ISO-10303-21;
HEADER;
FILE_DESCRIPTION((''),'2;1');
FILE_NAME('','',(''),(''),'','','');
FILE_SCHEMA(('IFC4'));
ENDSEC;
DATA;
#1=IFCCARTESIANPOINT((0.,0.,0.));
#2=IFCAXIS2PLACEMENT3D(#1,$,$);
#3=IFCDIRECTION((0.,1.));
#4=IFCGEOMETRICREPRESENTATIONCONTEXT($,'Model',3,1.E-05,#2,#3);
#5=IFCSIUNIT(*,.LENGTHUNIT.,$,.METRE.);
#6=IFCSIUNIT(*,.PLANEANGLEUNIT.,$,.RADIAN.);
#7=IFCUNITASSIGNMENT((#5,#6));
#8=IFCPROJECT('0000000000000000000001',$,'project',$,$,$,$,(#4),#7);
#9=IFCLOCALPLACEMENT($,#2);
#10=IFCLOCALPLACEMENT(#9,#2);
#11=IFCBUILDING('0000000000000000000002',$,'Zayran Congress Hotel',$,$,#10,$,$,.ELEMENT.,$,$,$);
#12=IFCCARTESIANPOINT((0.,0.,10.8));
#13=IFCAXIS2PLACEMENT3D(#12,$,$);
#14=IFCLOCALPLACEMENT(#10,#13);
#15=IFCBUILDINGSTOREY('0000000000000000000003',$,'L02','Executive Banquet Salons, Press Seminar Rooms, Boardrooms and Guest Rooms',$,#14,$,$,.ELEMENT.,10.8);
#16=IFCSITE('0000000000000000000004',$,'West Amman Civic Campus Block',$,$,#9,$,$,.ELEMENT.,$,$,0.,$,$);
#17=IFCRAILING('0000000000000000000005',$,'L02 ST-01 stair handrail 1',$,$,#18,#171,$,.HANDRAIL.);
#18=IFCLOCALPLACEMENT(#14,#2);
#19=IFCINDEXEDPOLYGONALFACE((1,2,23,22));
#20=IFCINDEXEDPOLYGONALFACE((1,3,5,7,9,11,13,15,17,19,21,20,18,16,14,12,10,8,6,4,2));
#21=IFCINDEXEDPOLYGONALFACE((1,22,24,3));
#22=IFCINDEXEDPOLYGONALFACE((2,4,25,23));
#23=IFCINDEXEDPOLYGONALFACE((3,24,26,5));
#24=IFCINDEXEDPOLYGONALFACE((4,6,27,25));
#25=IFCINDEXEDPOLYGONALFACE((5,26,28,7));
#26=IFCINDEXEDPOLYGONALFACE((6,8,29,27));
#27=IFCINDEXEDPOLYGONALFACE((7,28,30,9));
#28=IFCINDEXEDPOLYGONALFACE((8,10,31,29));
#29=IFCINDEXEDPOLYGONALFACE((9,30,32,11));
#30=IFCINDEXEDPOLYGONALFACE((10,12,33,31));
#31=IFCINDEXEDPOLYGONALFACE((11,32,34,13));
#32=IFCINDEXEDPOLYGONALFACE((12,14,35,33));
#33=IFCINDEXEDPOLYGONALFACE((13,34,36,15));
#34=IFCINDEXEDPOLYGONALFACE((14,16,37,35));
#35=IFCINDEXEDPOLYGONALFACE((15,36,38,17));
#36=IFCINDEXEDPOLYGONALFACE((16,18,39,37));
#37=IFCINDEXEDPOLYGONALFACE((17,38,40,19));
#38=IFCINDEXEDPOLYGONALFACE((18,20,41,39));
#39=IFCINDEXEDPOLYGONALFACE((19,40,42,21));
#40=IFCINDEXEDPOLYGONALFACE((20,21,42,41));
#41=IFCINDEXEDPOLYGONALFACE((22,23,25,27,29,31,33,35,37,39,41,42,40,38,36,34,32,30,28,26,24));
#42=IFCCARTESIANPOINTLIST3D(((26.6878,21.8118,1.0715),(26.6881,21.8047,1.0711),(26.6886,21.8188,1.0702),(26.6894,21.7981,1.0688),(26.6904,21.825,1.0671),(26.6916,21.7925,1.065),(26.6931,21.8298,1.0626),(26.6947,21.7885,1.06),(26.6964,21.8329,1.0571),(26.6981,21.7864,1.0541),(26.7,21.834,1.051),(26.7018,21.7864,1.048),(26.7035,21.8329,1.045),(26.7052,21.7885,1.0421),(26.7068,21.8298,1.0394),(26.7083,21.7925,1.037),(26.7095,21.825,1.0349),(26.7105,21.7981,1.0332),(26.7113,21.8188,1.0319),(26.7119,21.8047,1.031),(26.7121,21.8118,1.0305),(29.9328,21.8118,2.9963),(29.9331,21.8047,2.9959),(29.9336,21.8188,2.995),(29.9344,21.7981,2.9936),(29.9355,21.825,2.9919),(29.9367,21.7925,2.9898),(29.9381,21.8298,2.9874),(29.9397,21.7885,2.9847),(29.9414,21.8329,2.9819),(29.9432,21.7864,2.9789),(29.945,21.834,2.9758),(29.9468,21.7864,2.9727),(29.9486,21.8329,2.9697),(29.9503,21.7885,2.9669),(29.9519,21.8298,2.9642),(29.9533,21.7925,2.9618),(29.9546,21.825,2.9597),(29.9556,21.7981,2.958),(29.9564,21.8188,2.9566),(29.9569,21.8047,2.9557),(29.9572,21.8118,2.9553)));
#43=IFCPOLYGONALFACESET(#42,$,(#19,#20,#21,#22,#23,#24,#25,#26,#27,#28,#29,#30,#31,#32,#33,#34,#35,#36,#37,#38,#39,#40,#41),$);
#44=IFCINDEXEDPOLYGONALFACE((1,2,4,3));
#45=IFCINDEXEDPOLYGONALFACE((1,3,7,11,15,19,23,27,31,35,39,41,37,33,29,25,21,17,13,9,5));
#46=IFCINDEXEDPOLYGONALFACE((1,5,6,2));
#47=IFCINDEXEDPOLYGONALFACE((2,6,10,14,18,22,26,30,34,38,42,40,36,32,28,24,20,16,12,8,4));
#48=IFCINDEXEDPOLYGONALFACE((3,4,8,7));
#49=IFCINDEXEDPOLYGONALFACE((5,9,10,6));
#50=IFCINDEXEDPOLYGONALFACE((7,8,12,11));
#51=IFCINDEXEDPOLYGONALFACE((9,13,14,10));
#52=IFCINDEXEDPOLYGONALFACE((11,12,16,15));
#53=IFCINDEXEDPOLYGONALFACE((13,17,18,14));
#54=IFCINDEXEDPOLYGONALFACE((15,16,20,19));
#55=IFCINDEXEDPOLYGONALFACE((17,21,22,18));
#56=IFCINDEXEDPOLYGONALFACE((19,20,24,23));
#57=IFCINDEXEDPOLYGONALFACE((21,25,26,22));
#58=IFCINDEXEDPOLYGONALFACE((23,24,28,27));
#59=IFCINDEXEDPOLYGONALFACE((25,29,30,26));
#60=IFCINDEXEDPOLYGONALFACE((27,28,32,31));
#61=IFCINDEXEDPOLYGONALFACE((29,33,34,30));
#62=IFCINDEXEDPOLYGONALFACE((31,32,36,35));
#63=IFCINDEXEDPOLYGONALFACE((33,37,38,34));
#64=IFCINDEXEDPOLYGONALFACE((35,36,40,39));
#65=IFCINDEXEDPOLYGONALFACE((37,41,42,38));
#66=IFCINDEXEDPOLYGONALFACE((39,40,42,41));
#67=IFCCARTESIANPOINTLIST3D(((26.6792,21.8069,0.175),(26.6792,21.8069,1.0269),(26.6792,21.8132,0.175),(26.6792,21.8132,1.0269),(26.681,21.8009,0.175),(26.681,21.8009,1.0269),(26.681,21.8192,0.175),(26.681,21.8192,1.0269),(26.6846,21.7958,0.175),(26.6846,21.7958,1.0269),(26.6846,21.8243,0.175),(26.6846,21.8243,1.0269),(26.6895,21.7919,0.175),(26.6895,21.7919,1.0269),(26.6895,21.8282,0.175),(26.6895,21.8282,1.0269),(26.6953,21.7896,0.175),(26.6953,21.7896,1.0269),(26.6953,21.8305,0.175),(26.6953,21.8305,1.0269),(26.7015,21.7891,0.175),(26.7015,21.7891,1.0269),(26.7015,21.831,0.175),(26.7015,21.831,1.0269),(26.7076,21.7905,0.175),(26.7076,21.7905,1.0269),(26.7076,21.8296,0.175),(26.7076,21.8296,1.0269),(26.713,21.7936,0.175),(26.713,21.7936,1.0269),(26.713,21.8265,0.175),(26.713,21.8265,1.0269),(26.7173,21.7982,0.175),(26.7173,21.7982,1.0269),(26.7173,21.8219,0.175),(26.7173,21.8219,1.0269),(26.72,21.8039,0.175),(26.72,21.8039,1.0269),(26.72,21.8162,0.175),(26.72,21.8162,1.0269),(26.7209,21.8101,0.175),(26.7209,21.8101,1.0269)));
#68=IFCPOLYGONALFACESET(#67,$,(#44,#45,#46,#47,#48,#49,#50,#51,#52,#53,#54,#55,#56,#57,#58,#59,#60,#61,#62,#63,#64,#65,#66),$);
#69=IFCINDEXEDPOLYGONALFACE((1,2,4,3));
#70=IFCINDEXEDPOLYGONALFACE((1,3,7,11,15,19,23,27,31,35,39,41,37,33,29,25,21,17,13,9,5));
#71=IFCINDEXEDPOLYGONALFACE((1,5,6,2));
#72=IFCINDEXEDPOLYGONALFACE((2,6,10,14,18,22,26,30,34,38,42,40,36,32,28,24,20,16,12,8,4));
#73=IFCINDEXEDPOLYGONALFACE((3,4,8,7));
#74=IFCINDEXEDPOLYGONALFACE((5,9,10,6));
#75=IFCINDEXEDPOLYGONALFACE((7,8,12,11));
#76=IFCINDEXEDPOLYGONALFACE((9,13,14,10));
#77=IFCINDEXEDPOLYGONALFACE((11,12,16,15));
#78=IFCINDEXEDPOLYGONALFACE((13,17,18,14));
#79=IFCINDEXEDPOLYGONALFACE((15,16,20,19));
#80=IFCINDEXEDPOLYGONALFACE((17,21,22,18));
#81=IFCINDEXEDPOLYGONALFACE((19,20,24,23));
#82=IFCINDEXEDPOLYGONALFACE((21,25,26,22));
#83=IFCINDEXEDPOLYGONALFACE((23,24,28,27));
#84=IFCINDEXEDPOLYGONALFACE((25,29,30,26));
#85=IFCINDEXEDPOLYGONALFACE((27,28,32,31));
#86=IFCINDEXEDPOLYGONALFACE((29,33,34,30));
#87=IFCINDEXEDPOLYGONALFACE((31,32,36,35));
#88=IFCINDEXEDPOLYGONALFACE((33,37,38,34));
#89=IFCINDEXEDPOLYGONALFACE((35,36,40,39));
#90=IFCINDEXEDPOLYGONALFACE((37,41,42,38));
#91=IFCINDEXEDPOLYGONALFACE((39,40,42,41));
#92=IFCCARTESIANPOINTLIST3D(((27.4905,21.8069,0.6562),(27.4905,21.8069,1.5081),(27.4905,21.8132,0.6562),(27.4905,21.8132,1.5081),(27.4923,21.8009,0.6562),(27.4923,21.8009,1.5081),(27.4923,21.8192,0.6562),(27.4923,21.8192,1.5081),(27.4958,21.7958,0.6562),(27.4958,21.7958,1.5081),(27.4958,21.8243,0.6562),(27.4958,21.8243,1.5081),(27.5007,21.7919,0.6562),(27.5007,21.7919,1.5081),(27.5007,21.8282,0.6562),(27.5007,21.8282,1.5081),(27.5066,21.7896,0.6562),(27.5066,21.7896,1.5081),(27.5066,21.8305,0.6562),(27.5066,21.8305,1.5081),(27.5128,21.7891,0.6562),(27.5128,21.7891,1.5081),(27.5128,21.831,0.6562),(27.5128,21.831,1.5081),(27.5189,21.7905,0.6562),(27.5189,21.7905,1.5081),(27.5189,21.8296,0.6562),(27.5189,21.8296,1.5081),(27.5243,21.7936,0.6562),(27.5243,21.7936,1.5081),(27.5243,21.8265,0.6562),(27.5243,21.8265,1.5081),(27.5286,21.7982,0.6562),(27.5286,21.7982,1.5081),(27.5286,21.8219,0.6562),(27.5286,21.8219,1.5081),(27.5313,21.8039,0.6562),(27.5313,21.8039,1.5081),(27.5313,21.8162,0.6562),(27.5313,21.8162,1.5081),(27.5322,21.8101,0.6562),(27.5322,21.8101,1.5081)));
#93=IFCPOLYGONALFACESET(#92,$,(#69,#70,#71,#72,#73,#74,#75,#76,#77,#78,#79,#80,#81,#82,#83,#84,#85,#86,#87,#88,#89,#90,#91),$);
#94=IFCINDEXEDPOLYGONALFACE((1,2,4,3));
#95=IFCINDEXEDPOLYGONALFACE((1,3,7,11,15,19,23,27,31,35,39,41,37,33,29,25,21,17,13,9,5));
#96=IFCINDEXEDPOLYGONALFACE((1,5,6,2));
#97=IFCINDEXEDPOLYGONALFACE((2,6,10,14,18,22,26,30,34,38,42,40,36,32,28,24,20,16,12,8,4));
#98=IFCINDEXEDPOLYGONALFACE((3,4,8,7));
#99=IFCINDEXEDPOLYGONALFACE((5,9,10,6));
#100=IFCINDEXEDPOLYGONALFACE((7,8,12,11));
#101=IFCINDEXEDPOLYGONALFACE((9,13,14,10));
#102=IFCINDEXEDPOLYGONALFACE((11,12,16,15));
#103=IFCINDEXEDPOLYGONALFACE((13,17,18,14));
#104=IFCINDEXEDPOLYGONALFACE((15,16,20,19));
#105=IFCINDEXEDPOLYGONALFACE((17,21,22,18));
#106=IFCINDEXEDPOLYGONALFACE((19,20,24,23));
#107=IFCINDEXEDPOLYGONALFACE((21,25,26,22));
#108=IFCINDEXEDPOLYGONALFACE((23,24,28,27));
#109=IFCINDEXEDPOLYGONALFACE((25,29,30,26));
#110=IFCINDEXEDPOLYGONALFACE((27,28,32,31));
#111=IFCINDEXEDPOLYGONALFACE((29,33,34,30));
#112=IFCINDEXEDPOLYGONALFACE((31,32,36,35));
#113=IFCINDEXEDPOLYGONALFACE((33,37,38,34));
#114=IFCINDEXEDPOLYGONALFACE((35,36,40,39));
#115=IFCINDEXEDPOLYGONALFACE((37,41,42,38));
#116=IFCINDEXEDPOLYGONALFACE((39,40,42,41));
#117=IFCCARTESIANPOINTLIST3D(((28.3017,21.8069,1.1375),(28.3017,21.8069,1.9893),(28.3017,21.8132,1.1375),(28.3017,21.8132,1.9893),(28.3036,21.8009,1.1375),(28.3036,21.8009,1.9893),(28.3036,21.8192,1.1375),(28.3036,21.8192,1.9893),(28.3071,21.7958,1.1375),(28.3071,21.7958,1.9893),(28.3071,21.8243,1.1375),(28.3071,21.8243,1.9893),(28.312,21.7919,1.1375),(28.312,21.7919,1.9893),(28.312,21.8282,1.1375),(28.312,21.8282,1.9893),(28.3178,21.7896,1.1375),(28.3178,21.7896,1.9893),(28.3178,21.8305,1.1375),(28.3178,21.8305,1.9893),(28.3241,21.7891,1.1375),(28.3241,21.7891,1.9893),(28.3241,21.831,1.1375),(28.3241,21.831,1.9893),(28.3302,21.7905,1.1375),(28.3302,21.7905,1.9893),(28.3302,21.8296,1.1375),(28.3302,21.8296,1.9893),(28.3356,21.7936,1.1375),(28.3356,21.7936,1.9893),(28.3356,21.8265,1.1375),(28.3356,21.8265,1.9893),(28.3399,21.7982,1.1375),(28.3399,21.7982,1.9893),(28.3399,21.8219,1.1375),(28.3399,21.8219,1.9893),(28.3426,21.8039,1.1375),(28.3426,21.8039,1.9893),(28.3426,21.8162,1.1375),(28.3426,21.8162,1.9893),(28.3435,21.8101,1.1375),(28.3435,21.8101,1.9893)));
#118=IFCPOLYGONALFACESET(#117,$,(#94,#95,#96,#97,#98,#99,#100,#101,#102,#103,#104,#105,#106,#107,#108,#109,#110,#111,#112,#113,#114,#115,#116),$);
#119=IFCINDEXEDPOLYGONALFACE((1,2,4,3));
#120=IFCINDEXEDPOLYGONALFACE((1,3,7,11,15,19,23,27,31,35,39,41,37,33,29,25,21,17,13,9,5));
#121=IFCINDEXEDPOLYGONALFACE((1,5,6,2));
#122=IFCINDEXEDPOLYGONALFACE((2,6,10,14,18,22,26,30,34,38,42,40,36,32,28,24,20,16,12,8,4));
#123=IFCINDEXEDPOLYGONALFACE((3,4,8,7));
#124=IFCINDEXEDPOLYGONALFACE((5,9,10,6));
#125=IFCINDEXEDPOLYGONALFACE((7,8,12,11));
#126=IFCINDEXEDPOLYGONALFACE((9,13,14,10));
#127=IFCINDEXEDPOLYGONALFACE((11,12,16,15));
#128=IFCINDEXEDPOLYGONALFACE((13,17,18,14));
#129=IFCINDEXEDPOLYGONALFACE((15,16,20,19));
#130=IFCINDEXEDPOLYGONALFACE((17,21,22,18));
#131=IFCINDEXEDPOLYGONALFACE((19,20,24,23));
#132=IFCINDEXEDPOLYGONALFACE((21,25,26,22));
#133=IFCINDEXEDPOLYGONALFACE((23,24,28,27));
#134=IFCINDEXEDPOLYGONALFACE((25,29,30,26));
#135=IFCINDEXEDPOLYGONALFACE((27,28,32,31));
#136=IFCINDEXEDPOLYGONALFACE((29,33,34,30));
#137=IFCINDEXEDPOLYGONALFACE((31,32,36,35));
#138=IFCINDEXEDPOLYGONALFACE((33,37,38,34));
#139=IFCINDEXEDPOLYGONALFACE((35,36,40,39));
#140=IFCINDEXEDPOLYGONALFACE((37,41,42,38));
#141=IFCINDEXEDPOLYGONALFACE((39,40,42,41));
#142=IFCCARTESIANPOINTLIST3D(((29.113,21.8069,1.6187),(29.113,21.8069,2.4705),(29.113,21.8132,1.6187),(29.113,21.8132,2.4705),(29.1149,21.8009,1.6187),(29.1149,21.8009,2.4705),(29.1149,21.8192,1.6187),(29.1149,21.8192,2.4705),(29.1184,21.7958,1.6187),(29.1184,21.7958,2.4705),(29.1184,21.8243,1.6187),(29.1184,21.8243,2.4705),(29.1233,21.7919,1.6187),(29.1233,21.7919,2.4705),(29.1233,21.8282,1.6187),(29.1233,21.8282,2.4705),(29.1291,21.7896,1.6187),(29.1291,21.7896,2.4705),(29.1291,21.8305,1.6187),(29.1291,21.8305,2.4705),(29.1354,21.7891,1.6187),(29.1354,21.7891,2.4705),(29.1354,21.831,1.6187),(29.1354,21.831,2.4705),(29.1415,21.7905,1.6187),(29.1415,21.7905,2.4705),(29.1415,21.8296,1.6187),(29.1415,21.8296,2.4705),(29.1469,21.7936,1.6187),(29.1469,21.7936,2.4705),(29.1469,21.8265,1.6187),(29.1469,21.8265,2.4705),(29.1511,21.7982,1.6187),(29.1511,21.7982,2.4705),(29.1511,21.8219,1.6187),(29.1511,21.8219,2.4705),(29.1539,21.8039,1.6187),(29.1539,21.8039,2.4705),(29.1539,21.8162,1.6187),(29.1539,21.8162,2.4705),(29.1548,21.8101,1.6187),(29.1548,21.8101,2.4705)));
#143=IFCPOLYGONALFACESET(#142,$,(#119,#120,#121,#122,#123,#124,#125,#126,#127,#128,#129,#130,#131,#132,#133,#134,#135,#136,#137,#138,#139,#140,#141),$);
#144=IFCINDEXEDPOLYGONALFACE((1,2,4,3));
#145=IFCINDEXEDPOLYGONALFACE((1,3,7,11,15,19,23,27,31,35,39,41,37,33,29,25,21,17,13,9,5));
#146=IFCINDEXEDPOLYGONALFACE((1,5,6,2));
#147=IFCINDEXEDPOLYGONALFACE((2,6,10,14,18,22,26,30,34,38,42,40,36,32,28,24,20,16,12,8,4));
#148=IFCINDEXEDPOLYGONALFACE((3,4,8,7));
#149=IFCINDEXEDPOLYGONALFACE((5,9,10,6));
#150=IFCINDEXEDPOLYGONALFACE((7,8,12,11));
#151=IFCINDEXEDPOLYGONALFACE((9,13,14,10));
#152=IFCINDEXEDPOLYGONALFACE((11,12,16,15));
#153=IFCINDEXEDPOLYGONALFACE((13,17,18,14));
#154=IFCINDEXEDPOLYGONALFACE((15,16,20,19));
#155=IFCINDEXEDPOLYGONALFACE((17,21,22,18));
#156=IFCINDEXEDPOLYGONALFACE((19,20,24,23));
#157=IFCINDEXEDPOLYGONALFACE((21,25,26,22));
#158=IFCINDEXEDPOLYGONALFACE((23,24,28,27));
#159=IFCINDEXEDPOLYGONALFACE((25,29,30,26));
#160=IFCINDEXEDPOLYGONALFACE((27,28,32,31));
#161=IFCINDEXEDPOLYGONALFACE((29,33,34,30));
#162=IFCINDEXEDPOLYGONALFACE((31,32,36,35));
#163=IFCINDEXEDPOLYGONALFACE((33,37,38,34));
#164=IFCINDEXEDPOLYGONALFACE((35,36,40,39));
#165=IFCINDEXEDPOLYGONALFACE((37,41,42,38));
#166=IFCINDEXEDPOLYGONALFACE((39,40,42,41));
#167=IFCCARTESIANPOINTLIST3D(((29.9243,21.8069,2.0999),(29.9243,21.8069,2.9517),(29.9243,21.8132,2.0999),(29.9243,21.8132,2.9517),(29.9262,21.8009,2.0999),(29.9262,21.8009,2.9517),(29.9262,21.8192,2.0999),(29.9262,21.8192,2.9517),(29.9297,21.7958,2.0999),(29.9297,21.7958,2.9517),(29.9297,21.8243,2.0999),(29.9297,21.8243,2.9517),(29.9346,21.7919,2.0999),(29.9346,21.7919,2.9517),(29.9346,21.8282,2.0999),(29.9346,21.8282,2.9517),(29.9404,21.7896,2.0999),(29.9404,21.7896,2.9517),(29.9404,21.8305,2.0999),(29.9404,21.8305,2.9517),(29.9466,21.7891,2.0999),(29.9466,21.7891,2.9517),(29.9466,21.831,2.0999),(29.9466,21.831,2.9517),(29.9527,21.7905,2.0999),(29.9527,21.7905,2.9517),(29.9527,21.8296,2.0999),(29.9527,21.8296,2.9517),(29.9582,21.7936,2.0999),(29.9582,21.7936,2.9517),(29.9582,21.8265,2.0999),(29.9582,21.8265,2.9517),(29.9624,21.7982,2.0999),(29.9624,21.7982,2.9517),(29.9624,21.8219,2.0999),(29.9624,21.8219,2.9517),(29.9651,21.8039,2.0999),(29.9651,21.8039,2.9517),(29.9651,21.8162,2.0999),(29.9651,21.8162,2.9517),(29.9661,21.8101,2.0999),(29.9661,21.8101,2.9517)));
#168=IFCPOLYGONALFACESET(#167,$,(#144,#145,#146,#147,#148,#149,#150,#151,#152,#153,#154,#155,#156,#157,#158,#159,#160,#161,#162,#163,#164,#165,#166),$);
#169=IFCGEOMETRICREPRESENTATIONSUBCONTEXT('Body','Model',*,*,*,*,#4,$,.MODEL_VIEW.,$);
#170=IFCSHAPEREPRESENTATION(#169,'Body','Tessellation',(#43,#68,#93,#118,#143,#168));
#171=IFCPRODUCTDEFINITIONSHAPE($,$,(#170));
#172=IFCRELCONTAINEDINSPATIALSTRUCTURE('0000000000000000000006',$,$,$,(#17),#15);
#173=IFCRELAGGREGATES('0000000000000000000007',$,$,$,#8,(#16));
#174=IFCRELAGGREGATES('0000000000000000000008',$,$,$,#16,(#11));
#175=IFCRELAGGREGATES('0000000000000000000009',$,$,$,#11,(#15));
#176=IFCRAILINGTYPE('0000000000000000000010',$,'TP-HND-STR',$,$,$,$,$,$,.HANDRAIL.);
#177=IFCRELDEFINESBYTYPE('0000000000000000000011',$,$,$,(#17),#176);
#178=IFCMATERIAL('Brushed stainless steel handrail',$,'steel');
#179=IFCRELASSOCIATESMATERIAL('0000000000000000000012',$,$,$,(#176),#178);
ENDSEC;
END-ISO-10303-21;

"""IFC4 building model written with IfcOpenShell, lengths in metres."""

from ifc_helpers import new_model, si_unit, direction, frame, origin, origin_2d, place, context, subcontext, project, spatial, circle, extrude, material, type_object, element, save


model = new_model("IFC4")

# Units and contexts
model_context = context("Model", 3, precision=1e-05, world=origin(), true_north=direction((0.0, 1.0)))
body_context = subcontext(model_context, "Body", "Model", "MODEL_VIEW")
ifc_project = project(units=[si_unit("LENGTHUNIT", "METRE"), si_unit("PLANEANGLEUNIT", "RADIAN")], contexts=[model_context])

# Site, building, storey
site_placement = place(None, origin())
site = spatial("IfcSite", under=ifc_project, at=site_placement, Name="West Amman Civic Campus Block", CompositionType="ELEMENT", RefElevation=0.0)
building_placement = place(site_placement, origin())
building = spatial("IfcBuilding", under=site, at=building_placement, Name="Zayran Congress Hotel", CompositionType="ELEMENT")
storey_placement = place(building_placement, frame((0.0, 0.0, 10.8)))
storey = spatial("IfcBuildingStorey", under=building, at=storey_placement, Name="L02", Description="Executive Banquet Salons, Press Seminar Rooms, Boardrooms and Guest Rooms", CompositionType="ELEMENT", Elevation=10.8)

# Railing
ifc_material_1 = material(Name="Brushed stainless steel handrail", Category="steel")
railing_type_1 = type_object("IfcRailingType", Name="TP-HND-STR", PredefinedType="HANDRAIL", material=ifc_material_1)
railing_1_placement = place(storey_placement, frame((26.7, 21.8101, 0.175)))
element("IfcRailing", 1, at=railing_1_placement, inside=storey, type_object=railing_type_1, Name="L02 ST-01 stair handrail 1", PredefinedType="HANDRAIL", context=body_context, shape_type="SweptSolid", body=[
    extrude(circle(Radius=0.0239, at=origin_2d()), frame((0.0, 0.0, 0.876), z_axis=(0.860085, 0.0, 0.51015), x_axis=(0.0, 1.0, 0.0)), (0.0, 0.0, 1.0), 3.7729),
    extrude(circle(Radius=0.021, at=origin_2d()), origin(), (0.0, 0.0, 1.0), 0.8518),
    extrude(circle(Radius=0.021, at=origin_2d()), frame((0.8113, 0.0, 0.4812)), (0.0, 0.0, 1.0), 0.8518),
    extrude(circle(Radius=0.021, at=origin_2d()), frame((1.6226, 0.0, 0.9624)), (0.0, 0.0, 1.0), 0.8518),
    extrude(circle(Radius=0.021, at=origin_2d()), frame((2.4338, 0.0, 1.4436)), (0.0, 0.0, 1.0), 0.8518),
    extrude(circle(Radius=0.021, at=origin_2d()), frame((3.2451, 0.0, 1.9248)), (0.0, 0.0, 1.0), 0.8518),
])

save(model, "model.ifc")
